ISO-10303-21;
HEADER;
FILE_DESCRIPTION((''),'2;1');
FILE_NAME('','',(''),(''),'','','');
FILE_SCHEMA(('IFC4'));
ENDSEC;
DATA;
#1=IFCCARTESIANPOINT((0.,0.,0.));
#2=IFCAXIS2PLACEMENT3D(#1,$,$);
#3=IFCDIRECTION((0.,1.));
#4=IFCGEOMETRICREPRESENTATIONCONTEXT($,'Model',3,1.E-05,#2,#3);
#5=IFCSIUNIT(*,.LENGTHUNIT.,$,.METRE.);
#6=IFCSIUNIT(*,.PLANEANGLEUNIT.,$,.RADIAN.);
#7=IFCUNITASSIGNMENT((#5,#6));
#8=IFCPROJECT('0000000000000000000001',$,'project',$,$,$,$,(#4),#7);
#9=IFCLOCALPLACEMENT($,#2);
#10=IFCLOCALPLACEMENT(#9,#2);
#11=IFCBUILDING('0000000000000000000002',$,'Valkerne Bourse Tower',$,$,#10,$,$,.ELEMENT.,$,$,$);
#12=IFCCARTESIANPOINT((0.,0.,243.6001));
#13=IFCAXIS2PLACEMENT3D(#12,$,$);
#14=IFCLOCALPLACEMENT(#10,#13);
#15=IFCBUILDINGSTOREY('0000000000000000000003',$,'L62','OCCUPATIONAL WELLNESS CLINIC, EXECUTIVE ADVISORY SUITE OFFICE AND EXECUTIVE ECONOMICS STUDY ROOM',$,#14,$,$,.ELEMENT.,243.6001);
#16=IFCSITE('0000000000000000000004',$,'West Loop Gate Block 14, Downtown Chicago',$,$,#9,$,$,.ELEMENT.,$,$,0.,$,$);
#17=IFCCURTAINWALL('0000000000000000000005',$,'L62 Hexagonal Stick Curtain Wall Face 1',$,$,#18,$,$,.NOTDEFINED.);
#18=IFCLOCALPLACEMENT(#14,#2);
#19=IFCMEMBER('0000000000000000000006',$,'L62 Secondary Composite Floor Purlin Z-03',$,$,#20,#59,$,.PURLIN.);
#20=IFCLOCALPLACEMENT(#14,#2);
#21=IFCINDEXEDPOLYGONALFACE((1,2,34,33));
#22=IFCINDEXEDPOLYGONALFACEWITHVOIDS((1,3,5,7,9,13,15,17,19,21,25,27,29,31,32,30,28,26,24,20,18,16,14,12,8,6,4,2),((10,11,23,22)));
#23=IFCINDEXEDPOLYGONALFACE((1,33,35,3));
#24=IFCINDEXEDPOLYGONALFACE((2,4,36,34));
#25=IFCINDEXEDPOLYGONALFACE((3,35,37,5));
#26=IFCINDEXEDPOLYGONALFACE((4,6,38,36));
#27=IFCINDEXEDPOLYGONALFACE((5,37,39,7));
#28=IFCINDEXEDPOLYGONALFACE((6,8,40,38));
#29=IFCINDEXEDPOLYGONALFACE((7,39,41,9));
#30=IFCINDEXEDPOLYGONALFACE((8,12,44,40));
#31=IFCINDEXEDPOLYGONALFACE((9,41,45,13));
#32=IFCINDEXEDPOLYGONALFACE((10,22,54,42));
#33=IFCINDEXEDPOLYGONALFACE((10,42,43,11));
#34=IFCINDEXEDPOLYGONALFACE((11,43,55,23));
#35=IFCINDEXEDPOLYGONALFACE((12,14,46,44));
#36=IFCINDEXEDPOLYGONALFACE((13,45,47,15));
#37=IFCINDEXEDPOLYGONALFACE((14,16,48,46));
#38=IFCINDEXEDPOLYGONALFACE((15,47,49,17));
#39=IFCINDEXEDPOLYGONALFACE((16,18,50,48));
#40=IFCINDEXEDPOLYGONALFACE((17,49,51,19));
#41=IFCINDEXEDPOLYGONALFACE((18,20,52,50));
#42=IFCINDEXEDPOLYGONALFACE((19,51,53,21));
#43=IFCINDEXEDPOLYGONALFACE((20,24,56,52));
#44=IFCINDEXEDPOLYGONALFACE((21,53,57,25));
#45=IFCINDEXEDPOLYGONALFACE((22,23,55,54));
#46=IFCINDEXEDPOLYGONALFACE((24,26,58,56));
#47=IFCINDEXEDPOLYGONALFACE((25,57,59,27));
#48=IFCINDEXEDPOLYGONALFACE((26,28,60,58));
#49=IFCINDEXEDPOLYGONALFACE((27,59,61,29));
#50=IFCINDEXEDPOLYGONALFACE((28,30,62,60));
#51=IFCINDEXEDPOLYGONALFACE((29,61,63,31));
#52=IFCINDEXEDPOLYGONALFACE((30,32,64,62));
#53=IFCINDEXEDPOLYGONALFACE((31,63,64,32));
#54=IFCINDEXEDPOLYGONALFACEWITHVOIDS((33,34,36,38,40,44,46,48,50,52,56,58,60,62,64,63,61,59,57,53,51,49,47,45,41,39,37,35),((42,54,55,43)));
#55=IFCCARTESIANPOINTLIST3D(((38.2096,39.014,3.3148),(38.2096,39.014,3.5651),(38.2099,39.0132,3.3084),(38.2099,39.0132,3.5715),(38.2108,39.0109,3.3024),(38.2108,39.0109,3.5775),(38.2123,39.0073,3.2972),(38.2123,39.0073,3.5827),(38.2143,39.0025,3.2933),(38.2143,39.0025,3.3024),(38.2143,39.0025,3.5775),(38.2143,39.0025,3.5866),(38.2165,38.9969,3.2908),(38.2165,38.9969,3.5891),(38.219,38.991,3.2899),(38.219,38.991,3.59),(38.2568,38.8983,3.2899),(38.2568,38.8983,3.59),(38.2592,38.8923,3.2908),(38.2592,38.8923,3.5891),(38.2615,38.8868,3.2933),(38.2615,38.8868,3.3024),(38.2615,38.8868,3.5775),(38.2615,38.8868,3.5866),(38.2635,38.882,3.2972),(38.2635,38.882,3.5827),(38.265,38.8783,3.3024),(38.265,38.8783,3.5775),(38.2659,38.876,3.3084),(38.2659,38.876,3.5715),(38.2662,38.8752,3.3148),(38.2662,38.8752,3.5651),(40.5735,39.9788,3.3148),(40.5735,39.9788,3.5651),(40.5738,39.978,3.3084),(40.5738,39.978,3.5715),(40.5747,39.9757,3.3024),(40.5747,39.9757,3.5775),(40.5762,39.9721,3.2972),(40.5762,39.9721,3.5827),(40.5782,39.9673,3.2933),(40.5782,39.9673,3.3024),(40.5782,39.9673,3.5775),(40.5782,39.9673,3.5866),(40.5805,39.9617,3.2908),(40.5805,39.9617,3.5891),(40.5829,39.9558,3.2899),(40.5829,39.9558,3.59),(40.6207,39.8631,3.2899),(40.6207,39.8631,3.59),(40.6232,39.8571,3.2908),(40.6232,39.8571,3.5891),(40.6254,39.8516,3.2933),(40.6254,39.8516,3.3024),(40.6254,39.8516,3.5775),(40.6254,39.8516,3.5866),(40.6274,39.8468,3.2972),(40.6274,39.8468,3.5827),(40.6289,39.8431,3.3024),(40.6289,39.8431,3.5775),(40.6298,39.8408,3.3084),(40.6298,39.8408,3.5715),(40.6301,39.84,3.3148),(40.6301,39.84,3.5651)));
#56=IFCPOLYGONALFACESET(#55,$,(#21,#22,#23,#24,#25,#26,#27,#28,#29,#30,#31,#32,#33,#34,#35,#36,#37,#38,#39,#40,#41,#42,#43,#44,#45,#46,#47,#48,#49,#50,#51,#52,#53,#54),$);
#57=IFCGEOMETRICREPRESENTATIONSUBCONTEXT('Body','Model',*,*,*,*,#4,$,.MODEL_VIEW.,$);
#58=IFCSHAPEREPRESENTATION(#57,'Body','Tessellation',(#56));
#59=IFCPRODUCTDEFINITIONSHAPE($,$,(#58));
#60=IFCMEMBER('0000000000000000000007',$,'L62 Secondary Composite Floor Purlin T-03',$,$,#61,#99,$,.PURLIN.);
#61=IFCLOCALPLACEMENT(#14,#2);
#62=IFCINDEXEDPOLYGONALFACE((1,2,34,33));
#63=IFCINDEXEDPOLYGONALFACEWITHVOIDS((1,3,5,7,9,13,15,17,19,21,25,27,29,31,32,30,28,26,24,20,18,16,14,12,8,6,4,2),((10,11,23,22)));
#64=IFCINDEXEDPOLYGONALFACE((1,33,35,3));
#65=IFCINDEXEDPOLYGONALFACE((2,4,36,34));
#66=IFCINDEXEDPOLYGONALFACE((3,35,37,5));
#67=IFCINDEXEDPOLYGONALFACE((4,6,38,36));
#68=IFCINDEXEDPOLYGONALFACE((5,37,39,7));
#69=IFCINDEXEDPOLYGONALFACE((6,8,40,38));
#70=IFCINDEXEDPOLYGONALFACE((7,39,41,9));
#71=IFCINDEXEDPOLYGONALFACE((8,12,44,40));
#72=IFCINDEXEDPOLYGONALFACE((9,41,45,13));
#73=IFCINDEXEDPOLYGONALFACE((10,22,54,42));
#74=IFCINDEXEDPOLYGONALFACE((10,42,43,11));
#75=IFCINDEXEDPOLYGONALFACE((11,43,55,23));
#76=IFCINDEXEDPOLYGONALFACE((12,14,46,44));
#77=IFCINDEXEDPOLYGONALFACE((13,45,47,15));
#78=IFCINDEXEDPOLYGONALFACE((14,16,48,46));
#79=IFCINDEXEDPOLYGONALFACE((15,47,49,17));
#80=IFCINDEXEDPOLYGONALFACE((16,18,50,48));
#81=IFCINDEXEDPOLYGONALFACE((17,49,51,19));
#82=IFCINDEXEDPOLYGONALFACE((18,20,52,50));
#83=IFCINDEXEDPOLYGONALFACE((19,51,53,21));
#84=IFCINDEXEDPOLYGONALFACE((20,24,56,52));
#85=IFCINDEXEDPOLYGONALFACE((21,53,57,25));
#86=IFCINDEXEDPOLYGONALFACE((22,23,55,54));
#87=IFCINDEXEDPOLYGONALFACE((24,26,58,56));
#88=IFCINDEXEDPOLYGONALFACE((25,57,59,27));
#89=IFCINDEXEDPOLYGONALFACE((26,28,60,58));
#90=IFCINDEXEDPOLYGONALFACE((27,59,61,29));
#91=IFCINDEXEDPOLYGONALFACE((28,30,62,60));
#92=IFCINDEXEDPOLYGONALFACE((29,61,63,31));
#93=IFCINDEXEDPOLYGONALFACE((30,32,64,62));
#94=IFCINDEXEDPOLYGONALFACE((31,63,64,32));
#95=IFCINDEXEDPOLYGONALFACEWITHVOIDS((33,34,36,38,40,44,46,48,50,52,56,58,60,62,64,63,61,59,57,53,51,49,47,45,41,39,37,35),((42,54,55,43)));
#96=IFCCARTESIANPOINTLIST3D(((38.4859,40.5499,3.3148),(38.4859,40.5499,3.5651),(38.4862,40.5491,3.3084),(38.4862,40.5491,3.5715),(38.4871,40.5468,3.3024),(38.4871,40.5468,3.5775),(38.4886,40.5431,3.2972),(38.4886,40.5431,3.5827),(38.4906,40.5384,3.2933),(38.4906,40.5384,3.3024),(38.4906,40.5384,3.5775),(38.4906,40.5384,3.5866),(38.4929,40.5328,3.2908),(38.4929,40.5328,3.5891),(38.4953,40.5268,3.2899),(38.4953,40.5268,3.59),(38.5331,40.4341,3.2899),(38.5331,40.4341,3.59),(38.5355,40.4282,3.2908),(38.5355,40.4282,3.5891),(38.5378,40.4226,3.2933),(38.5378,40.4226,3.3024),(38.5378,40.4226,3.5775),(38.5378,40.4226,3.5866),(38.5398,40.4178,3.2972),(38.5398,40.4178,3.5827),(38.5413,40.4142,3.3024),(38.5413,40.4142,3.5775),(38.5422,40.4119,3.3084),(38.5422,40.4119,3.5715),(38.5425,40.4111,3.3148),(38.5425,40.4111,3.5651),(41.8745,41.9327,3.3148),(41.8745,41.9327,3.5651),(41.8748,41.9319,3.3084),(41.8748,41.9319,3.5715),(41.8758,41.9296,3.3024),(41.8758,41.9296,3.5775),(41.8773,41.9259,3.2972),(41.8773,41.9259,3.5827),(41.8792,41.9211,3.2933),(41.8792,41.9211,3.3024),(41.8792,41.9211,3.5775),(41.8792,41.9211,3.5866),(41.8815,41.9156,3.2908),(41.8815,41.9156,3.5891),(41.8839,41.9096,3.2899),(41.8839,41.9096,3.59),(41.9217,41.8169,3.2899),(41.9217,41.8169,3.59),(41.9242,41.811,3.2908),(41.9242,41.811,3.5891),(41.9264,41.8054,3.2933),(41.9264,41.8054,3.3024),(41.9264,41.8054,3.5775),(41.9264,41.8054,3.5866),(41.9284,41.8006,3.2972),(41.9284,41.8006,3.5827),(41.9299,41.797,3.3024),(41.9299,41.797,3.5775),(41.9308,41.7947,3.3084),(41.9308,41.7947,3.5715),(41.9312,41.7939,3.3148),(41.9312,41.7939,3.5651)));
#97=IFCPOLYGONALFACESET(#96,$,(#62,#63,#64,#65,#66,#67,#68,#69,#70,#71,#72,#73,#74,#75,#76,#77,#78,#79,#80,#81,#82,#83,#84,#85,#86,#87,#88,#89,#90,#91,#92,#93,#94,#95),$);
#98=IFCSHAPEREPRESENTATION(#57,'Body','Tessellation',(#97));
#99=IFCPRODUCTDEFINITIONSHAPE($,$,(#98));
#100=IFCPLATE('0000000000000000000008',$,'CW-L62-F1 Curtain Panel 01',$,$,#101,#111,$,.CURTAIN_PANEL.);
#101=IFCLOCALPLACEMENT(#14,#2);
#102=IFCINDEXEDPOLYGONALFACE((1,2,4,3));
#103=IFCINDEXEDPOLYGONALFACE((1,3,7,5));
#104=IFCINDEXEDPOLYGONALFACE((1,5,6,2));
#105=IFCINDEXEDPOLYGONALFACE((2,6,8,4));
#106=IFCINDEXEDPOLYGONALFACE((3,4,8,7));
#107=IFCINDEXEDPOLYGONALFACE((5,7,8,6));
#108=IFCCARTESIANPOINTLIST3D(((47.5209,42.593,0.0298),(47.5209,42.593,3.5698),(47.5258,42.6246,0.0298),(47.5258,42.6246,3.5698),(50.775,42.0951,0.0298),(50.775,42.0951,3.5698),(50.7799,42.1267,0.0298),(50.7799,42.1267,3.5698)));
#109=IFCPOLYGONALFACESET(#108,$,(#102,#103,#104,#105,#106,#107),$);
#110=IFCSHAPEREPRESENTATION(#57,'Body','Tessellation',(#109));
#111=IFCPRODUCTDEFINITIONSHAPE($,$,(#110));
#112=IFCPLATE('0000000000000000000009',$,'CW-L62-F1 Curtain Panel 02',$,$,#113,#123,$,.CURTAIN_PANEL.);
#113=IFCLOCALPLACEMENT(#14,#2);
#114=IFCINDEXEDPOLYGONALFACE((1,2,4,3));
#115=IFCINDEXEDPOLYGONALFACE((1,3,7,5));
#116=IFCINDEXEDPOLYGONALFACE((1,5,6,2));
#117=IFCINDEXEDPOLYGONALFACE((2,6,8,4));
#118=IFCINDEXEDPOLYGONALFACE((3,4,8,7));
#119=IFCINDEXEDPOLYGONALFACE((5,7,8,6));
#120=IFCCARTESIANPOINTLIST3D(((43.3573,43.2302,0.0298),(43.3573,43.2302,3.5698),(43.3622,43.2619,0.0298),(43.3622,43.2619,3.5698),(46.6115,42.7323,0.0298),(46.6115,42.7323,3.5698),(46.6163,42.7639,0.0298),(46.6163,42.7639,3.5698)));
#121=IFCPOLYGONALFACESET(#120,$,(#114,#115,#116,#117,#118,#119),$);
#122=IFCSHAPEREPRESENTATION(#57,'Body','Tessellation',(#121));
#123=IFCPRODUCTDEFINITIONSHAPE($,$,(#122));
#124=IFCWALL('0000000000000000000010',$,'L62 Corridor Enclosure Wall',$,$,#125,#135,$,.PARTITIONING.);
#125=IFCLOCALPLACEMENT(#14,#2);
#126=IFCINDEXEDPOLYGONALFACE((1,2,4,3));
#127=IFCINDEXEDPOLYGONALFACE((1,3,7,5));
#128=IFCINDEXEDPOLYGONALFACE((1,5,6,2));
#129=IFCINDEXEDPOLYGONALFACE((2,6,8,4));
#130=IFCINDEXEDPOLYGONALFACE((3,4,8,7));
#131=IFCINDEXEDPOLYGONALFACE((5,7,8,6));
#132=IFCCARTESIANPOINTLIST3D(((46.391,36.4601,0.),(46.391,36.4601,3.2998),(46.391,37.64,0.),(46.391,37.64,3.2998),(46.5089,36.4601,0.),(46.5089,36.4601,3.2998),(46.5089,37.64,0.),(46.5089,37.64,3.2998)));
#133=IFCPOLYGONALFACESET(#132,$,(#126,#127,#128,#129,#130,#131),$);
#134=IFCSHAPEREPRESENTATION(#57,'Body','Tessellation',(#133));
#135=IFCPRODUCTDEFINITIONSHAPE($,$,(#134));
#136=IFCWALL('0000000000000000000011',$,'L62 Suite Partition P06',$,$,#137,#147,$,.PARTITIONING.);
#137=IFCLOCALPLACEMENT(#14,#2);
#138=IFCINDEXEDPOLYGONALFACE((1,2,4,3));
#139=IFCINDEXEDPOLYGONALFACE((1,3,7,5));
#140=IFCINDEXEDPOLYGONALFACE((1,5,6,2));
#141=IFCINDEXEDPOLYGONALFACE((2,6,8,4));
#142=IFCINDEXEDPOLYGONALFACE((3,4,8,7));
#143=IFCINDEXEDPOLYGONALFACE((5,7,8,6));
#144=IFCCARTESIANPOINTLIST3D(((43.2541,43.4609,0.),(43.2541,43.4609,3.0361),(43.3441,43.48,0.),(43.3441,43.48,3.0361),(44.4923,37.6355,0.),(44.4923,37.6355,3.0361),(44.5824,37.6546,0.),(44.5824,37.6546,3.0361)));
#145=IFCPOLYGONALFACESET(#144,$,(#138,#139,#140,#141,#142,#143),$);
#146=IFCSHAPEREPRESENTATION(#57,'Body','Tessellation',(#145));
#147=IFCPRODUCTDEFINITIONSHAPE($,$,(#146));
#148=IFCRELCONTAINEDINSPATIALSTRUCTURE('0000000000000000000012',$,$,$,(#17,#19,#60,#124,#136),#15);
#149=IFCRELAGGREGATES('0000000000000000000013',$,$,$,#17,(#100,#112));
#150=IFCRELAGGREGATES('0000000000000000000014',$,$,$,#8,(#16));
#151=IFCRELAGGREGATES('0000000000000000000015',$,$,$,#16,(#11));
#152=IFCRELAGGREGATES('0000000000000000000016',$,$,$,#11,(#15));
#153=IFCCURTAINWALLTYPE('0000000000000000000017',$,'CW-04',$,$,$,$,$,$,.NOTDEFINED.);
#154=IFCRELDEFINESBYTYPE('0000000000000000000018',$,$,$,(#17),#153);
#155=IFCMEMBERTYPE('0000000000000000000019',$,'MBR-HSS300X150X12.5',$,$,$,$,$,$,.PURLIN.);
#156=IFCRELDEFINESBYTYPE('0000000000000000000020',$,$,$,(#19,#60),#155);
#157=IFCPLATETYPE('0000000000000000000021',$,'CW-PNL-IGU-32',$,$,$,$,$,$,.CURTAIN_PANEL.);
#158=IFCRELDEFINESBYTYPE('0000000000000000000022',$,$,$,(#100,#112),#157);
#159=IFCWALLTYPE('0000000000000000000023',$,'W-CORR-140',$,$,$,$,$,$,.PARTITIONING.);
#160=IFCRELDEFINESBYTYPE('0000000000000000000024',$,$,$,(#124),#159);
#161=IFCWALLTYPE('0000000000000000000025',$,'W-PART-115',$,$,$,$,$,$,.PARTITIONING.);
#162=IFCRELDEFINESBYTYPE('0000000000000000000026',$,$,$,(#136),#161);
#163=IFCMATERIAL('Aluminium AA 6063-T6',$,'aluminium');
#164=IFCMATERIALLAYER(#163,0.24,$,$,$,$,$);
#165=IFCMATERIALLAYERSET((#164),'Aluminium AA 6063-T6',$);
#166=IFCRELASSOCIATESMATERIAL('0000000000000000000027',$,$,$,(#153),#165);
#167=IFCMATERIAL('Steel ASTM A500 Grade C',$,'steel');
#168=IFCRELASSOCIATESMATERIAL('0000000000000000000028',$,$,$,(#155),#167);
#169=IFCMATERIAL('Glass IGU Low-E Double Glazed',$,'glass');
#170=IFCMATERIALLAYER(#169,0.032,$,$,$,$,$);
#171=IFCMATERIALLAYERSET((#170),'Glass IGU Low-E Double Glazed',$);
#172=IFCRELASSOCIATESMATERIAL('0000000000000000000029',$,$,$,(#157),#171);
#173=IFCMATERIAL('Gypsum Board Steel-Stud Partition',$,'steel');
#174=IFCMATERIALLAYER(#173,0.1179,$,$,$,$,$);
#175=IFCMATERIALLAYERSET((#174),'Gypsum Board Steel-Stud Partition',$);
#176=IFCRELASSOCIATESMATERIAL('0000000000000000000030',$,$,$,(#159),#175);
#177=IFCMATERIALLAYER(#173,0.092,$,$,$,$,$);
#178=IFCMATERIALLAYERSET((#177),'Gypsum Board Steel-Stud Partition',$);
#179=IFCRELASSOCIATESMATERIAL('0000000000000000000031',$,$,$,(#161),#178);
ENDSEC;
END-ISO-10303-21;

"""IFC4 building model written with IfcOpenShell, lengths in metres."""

from ifc_helpers import new_model, si_unit, direction, frame, frame_2d, origin, origin_2d, place, context, subcontext, project, spatial, rectangle, hollow_rectangle, extrude, material, layer, layer_set, material_profile, profile_set, type_object, element, aggregate, save


model = new_model("IFC4")

# Units and contexts
model_context = context("Model", 3, precision=1e-05, world=origin(), true_north=direction((0.0, 1.0)))
body_context = subcontext(model_context, "Body", "Model", "MODEL_VIEW")
ifc_project = project(units=[si_unit("LENGTHUNIT", "METRE"), si_unit("PLANEANGLEUNIT", "RADIAN")], contexts=[model_context])

# Site, building, storey
site_placement = place(None, origin())
site = spatial("IfcSite", under=ifc_project, at=site_placement, Name="West Loop Gate Block 14, Downtown Chicago", CompositionType="ELEMENT", RefElevation=0.0)
building_placement = place(site_placement, origin())
building = spatial("IfcBuilding", under=site, at=building_placement, Name="Valkerne Bourse Tower", CompositionType="ELEMENT")
storey_placement = place(building_placement, frame((0.0, 0.0, 243.6001)))
storey = spatial("IfcBuildingStorey", under=building, at=storey_placement, Name="L62", Description="OCCUPATIONAL WELLNESS CLINIC, EXECUTIVE ADVISORY SUITE OFFICE AND EXECUTIVE ECONOMICS STUDY ROOM", CompositionType="ELEMENT", Elevation=243.6001)

# Curtain wall
ifc_material_1 = material(Name="Aluminium AA 6063-T6", Category="aluminium")
ifc_layer_1 = layer(ifc_material_1, 0.24)
ifc_layer_set_1 = layer_set([ifc_layer_1], Name="Aluminium AA 6063-T6")
curtain_wall_type = type_object("IfcCurtainWallType", Name="CW-04", PredefinedType="NOTDEFINED", material=ifc_layer_set_1)
curtain_wall_placement = place(storey_placement, origin())
curtain_wall = element("IfcCurtainWall", 1, at=curtain_wall_placement, inside=storey, type_object=curtain_wall_type, Name="L62 Hexagonal Stick Curtain Wall Face 1", PredefinedType="NOTDEFINED")

# Members
ifc_material_2 = material(Name="Steel ASTM A500 Grade C", Category="steel")
ifc_material_profile_1 = material_profile(ifc_material_2, hollow_rectangle(XDim=0.1499, YDim=0.3, WallThickness=0.0125, OuterFilletRadius=0.0249, at=origin_2d()), Name="HSS300X150X12.5")
ifc_profile_set_1 = profile_set([ifc_material_profile_1], Name="Steel ASTM A500 Grade C")
member_type_1 = type_object("IfcMemberType", Name="MBR-HSS300X150X12.5", PredefinedType="PURLIN", material=ifc_profile_set_1)
member_1_placement = place(storey_placement, frame((40.6018, 39.9094, 3.4399), z_axis=(-0.925856, -0.377877, 0.0), x_axis=(0.377877, -0.925856, 0.0)))
element("IfcMember", 2, at=member_1_placement, inside=storey, type_object=member_type_1, Name="L62 Secondary Composite Floor Purlin Z-03", PredefinedType="PURLIN", context=body_context, shape_type="SweptSolid", body=[
    extrude(hollow_rectangle(XDim=0.1499, YDim=0.3, WallThickness=0.0125, OuterFilletRadius=0.0249, at=origin_2d()), origin(), (0.0, 0.0, 1.0), 2.5532),
])
member_2_placement = place(storey_placement, frame((41.9028, 41.8633, 3.4399), z_axis=(-0.925878, -0.377822, 0.0), x_axis=(0.377822, -0.925878, 0.0)))
element("IfcMember", 3, at=member_2_placement, inside=storey, type_object=member_type_1, Name="L62 Secondary Composite Floor Purlin T-03", PredefinedType="PURLIN", context=body_context, shape_type="SweptSolid", body=[
    extrude(hollow_rectangle(XDim=0.1499, YDim=0.3, WallThickness=0.0125, OuterFilletRadius=0.0249, at=origin_2d()), origin(), (0.0, 0.0, 1.0), 3.6599),
])

# Plates
ifc_material_3 = material(Name="Glass IGU Low-E Double Glazed", Category="glass")
ifc_layer_2 = layer(ifc_material_3, 0.032)
ifc_layer_set_2 = layer_set([ifc_layer_2], Name="Glass IGU Low-E Double Glazed")
plate_type = type_object("IfcPlateType", Name="CW-PNL-IGU-32", PredefinedType="CURTAIN_PANEL", material=ifc_layer_set_2)
plate_1_placement = place(storey_placement, frame((49.1504, 42.3599, 0.0298), z_axis=(0.0, 0.0, 1.0), x_axis=(-0.988494, 0.15126, 0.0)))
plate_1 = element("IfcPlate", 4, at=plate_1_placement, type_object=plate_type, Name="CW-L62-F1 Curtain Panel 01", PredefinedType="CURTAIN_PANEL", context=body_context, shape_type="SweptSolid", body=[
    extrude(rectangle(XDim=3.292, YDim=0.032, at=origin_2d()), origin(), (0.0, 0.0, 1.0), 3.54),
])
plate_2_placement = place(storey_placement, frame((44.9868, 42.9971, 0.0298), z_axis=(0.0, 0.0, 1.0), x_axis=(-0.988494, 0.15126, 0.0)))
plate_2 = element("IfcPlate", 5, at=plate_2_placement, type_object=plate_type, Name="CW-L62-F1 Curtain Panel 02", PredefinedType="CURTAIN_PANEL", context=body_context, shape_type="SweptSolid", body=[
    extrude(rectangle(XDim=3.292, YDim=0.032, at=origin_2d()), origin(), (0.0, 0.0, 1.0), 3.54),
])
aggregate(curtain_wall, [plate_1, plate_2])

# Walls
ifc_material_4 = material(Name="Gypsum Board Steel-Stud Partition", Category="steel")
ifc_layer_3 = layer(ifc_material_4, 0.1179)
ifc_layer_set_3 = layer_set([ifc_layer_3], Name="Gypsum Board Steel-Stud Partition")
wall_type_1 = type_object("IfcWallType", Name="W-CORR-140", PredefinedType="PARTITIONING", material=ifc_layer_set_3)
wall_1_placement = place(storey_placement, frame((46.45, 37.6399, 0.0), z_axis=(0.0, 0.0, 1.0), x_axis=(0.0, -1.0, 0.0)))
element("IfcWall", 6, at=wall_1_placement, inside=storey, type_object=wall_type_1, Name="L62 Corridor Enclosure Wall", PredefinedType="PARTITIONING", context=body_context, shape_type="SweptSolid", body=[
    extrude(rectangle(XDim=1.1799, YDim=0.1179, at=frame_2d((0.5898, 0.0))), origin(), (0.0, 0.0, 1.0), 3.2998),
])
ifc_layer_4 = layer(ifc_material_4, 0.092)
ifc_layer_set_4 = layer_set([ifc_layer_4], Name="Gypsum Board Steel-Stud Partition")
wall_type_2 = type_object("IfcWallType", Name="W-PART-115", PredefinedType="PARTITIONING", material=ifc_layer_set_4)
wall_2_placement = place(storey_placement, frame((44.5374, 37.645, 0.0), z_axis=(0.0, 0.0, 1.0), x_axis=(-0.207919, 0.978146, 0.0)))
element("IfcWall", 7, at=wall_2_placement, inside=storey, type_object=wall_type_2, Name="L62 Suite Partition P06", PredefinedType="PARTITIONING", context=body_context, shape_type="SweptSolid", body=[
    extrude(rectangle(XDim=5.9556, YDim=0.092, at=frame_2d((2.9778, 0.0))), origin(), (0.0, 0.0, 1.0), 3.0361),
])

save(model, "model.ifc")
